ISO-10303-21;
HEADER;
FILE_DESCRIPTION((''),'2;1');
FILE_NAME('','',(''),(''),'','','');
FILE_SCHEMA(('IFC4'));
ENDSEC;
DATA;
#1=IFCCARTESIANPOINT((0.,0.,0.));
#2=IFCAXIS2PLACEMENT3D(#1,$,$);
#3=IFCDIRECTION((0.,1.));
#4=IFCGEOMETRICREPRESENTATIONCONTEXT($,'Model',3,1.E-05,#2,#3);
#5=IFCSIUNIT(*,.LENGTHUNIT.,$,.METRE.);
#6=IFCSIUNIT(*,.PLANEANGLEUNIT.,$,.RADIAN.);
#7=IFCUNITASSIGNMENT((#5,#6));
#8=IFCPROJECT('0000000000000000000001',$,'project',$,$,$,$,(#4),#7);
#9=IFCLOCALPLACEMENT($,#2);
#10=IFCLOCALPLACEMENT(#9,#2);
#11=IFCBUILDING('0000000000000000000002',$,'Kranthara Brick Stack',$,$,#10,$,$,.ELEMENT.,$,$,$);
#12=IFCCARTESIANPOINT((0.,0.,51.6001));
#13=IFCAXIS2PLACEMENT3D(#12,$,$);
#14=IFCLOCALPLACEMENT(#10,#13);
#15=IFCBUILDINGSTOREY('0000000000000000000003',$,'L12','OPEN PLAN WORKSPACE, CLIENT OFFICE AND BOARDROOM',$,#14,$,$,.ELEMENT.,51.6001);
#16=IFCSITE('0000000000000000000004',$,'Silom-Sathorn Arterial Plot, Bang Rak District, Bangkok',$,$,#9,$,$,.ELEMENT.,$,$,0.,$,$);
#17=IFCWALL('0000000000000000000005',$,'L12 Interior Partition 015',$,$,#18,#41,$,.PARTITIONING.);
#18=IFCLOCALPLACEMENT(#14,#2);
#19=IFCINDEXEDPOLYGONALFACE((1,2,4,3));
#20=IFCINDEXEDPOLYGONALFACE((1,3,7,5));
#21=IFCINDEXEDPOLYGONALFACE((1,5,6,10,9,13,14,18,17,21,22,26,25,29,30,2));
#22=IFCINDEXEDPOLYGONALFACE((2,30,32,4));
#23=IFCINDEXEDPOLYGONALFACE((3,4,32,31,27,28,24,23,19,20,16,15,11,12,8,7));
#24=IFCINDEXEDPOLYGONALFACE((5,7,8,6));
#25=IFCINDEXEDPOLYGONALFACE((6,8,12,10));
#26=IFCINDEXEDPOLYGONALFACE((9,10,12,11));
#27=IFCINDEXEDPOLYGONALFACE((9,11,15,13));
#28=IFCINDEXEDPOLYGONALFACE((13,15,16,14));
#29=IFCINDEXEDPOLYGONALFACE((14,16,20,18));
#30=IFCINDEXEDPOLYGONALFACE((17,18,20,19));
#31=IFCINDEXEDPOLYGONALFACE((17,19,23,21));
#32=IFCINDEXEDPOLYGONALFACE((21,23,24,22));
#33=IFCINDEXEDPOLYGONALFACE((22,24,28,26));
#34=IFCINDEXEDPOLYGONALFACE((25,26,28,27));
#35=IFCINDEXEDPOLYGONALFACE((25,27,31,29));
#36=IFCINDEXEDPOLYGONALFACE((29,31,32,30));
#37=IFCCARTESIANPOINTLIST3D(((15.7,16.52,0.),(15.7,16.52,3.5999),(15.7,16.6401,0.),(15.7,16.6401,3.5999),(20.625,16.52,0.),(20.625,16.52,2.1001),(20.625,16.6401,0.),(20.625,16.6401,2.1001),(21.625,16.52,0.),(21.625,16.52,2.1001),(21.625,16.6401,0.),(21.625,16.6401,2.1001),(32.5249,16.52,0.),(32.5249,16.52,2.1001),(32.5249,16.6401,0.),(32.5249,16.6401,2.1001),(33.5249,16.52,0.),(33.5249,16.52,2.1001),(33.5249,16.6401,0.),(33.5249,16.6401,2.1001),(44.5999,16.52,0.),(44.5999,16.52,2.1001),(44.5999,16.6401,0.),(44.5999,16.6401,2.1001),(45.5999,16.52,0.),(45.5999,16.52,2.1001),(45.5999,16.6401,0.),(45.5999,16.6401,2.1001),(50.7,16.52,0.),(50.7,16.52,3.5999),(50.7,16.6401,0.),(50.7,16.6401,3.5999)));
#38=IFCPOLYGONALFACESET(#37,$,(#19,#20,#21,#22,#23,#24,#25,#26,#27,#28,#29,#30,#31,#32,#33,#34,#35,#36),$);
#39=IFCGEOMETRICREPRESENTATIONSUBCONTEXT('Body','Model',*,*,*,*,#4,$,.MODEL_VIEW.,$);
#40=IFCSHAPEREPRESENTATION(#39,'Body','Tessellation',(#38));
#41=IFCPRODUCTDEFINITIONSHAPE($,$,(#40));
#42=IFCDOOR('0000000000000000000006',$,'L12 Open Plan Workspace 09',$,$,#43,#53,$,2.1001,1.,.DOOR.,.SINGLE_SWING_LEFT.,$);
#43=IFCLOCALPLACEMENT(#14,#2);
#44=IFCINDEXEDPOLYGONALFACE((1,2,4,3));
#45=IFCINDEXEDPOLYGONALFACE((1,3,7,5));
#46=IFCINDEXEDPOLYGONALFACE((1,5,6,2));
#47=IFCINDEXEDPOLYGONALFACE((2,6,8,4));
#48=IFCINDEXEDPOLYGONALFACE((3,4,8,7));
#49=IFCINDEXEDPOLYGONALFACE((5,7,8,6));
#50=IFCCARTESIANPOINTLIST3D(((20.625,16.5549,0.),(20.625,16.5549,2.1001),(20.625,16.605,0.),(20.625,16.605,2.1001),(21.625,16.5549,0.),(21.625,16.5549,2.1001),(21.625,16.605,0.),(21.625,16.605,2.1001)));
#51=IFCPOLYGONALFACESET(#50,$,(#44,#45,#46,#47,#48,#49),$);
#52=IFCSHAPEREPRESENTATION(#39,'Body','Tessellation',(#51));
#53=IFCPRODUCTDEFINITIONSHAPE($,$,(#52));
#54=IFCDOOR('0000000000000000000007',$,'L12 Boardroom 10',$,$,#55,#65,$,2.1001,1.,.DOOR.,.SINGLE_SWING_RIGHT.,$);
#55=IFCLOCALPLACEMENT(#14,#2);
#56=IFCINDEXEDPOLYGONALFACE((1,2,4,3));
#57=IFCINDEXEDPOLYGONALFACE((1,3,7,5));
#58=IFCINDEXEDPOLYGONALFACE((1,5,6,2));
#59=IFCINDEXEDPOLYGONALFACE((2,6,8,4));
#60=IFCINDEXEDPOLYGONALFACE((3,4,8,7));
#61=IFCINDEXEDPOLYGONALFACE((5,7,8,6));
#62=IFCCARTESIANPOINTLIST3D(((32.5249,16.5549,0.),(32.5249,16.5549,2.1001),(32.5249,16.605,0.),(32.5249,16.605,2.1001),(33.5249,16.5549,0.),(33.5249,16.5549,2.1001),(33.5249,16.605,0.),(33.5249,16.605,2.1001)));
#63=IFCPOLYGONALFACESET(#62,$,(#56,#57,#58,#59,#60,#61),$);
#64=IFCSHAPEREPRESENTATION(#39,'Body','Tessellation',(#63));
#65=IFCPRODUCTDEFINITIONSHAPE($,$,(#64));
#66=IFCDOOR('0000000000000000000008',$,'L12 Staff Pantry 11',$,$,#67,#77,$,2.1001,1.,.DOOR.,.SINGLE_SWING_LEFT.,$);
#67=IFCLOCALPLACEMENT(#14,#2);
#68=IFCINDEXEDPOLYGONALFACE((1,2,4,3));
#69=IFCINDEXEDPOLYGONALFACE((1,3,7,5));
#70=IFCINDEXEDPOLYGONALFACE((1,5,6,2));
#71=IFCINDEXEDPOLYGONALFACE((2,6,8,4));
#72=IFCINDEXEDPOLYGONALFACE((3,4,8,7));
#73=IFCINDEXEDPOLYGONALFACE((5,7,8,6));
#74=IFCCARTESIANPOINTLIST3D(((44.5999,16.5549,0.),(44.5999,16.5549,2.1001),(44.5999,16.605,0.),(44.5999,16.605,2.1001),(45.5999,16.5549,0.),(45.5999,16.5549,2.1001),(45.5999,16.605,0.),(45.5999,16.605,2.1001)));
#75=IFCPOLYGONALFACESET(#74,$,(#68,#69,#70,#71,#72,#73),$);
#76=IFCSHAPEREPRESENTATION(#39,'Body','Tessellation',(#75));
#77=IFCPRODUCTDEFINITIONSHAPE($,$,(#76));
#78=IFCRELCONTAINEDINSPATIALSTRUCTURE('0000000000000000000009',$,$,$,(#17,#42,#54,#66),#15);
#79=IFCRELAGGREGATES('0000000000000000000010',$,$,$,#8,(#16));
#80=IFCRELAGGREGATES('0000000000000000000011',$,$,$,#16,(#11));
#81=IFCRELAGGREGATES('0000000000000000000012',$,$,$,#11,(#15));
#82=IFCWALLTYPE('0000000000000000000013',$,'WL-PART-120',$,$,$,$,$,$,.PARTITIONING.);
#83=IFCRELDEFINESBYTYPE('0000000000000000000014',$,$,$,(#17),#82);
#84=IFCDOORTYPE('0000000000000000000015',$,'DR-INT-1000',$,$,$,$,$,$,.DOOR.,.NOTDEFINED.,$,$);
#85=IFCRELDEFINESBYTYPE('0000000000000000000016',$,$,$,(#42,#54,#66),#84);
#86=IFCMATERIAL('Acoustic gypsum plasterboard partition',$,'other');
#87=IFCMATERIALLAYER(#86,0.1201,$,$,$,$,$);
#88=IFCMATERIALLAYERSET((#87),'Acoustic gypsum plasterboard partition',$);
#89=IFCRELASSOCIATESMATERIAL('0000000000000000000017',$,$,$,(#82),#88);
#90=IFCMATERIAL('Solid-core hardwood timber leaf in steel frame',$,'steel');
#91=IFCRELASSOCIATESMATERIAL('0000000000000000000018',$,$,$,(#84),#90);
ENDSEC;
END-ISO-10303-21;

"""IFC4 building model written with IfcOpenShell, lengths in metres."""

from ifc_helpers import new_model, si_unit, direction, frame, frame_2d, origin, place, context, subcontext, project, spatial, rectangle, extrude, material, layer, layer_set, type_object, element, fill, save


model = new_model("IFC4")

# Units and contexts
model_context = context("Model", 3, precision=1e-05, world=origin(), true_north=direction((0.0, 1.0)))
body_context = subcontext(model_context, "Body", "Model", "MODEL_VIEW")
ifc_project = project(units=[si_unit("LENGTHUNIT", "METRE"), si_unit("PLANEANGLEUNIT", "RADIAN")], contexts=[model_context])

# Site, building, storey
site_placement = place(None, origin())
site = spatial("IfcSite", under=ifc_project, at=site_placement, Name="Silom-Sathorn Arterial Plot, Bang Rak District, Bangkok", CompositionType="ELEMENT", RefElevation=0.0)
building_placement = place(site_placement, origin())
building = spatial("IfcBuilding", under=site, at=building_placement, Name="Kranthara Brick Stack", CompositionType="ELEMENT")
storey_placement = place(building_placement, frame((0.0, 0.0, 51.6001)))
storey = spatial("IfcBuildingStorey", under=building, at=storey_placement, Name="L12", Description="OPEN PLAN WORKSPACE, CLIENT OFFICE AND BOARDROOM", CompositionType="ELEMENT", Elevation=51.6001)

# Shared definitions
ifc_material_1 = material(Name="Acoustic gypsum plasterboard partition", Category="other")
ifc_layer_1 = layer(ifc_material_1, 0.1201)
ifc_layer_set_1 = layer_set([ifc_layer_1], Name="Acoustic gypsum plasterboard partition")
wall_type_1 = type_object("IfcWallType", Name="WL-PART-120", PredefinedType="PARTITIONING", material=ifc_layer_set_1)

# Wall, openings, doors
wall_1_placement = place(storey_placement, frame((15.7, 16.5801, 0.0), z_axis=(0.0, 0.0, 1.0), x_axis=(1.0, 0.0, 0.0)))
wall_1 = element("IfcWall", 1, at=wall_1_placement, inside=storey, type_object=wall_type_1, Name="L12 Interior Partition 015", PredefinedType="PARTITIONING", context=body_context, shape_type="SweptSolid", body=[
    extrude(rectangle(XDim=35.0, YDim=0.1201, at=frame_2d((17.5, 0.0))), origin(), (0.0, 0.0, 1.0), 3.5999),
])
opening_1_placement = place(wall_1_placement, frame((4.925, 0.0, 0.0)))
opening_1 = element("IfcOpeningElement", 2, at=opening_1_placement, cuts=wall_1, PredefinedType="OPENING", context=body_context, shape_type="SweptSolid", body=[
    extrude(rectangle(XDim=1.0, YDim=2.1001, at=frame_2d((0.5, 1.05))), frame((0.0, 0.0701, 0.0), z_axis=(0.0, -1.0, 0.0), x_axis=(1.0, 0.0, 0.0)), (0.0, 0.0, 1.0), 0.1401),
])
opening_2_placement = place(wall_1_placement, frame((16.825, 0.0, 0.0)))
opening_2 = element("IfcOpeningElement", 3, at=opening_2_placement, cuts=wall_1, PredefinedType="OPENING", context=body_context, shape_type="SweptSolid", body=[
    extrude(rectangle(XDim=1.0, YDim=2.1001, at=frame_2d((0.5, 1.05))), frame((0.0, 0.0701, 0.0), z_axis=(0.0, -1.0, 0.0), x_axis=(1.0, 0.0, 0.0)), (0.0, 0.0, 1.0), 0.1401),
])
opening_3_placement = place(wall_1_placement, frame((28.8999, 0.0, 0.0)))
opening_3 = element("IfcOpeningElement", 4, at=opening_3_placement, cuts=wall_1, PredefinedType="OPENING", context=body_context, shape_type="SweptSolid", body=[
    extrude(rectangle(XDim=1.0, YDim=2.1001, at=frame_2d((0.5, 1.05))), frame((0.0, 0.0701, 0.0), z_axis=(0.0, -1.0, 0.0), x_axis=(1.0, 0.0, 0.0)), (0.0, 0.0, 1.0), 0.1401),
])
ifc_material_2 = material(Name="Solid-core hardwood timber leaf in steel frame", Category="steel")
door_type = type_object("IfcDoorType", Name="DR-INT-1000", OperationType="NOTDEFINED", PredefinedType="DOOR", material=ifc_material_2)
door_1_placement = place(opening_1_placement, origin())
door_1 = element("IfcDoor", 5, at=door_1_placement, inside=storey, type_object=door_type, Name="L12 Open Plan Workspace 09", OperationType="SINGLE_SWING_LEFT", OverallHeight=2.1001, OverallWidth=1.0, PredefinedType="DOOR", context=body_context, shape_type="SweptSolid", body=[
    extrude(rectangle(XDim=1.0, YDim=2.1001, at=frame_2d((0.5, 1.05))), frame((0.0, 0.0249, 0.0), z_axis=(0.0, -1.0, 0.0), x_axis=(1.0, 0.0, 0.0)), (0.0, 0.0, 1.0), 0.05),
])
fill(opening_1, door_1)
door_2_placement = place(opening_2_placement, origin())
door_2 = element("IfcDoor", 6, at=door_2_placement, inside=storey, type_object=door_type, Name="L12 Boardroom 10", OperationType="SINGLE_SWING_RIGHT", OverallHeight=2.1001, OverallWidth=1.0, PredefinedType="DOOR", context=body_context, shape_type="SweptSolid", body=[
    extrude(rectangle(XDim=1.0, YDim=2.1001, at=frame_2d((0.5, 1.05))), frame((0.0, 0.0249, 0.0), z_axis=(0.0, -1.0, 0.0), x_axis=(1.0, 0.0, 0.0)), (0.0, 0.0, 1.0), 0.05),
])
fill(opening_2, door_2)
door_3_placement = place(opening_3_placement, origin())
door_3 = element("IfcDoor", 7, at=door_3_placement, inside=storey, type_object=door_type, Name="L12 Staff Pantry 11", OperationType="SINGLE_SWING_LEFT", OverallHeight=2.1001, OverallWidth=1.0, PredefinedType="DOOR", context=body_context, shape_type="SweptSolid", body=[
    extrude(rectangle(XDim=1.0, YDim=2.1001, at=frame_2d((0.5, 1.05))), frame((0.0, 0.0249, 0.0), z_axis=(0.0, -1.0, 0.0), x_axis=(1.0, 0.0, 0.0)), (0.0, 0.0, 1.0), 0.05),
])
fill(opening_3, door_3)

save(model, "model.ifc")
